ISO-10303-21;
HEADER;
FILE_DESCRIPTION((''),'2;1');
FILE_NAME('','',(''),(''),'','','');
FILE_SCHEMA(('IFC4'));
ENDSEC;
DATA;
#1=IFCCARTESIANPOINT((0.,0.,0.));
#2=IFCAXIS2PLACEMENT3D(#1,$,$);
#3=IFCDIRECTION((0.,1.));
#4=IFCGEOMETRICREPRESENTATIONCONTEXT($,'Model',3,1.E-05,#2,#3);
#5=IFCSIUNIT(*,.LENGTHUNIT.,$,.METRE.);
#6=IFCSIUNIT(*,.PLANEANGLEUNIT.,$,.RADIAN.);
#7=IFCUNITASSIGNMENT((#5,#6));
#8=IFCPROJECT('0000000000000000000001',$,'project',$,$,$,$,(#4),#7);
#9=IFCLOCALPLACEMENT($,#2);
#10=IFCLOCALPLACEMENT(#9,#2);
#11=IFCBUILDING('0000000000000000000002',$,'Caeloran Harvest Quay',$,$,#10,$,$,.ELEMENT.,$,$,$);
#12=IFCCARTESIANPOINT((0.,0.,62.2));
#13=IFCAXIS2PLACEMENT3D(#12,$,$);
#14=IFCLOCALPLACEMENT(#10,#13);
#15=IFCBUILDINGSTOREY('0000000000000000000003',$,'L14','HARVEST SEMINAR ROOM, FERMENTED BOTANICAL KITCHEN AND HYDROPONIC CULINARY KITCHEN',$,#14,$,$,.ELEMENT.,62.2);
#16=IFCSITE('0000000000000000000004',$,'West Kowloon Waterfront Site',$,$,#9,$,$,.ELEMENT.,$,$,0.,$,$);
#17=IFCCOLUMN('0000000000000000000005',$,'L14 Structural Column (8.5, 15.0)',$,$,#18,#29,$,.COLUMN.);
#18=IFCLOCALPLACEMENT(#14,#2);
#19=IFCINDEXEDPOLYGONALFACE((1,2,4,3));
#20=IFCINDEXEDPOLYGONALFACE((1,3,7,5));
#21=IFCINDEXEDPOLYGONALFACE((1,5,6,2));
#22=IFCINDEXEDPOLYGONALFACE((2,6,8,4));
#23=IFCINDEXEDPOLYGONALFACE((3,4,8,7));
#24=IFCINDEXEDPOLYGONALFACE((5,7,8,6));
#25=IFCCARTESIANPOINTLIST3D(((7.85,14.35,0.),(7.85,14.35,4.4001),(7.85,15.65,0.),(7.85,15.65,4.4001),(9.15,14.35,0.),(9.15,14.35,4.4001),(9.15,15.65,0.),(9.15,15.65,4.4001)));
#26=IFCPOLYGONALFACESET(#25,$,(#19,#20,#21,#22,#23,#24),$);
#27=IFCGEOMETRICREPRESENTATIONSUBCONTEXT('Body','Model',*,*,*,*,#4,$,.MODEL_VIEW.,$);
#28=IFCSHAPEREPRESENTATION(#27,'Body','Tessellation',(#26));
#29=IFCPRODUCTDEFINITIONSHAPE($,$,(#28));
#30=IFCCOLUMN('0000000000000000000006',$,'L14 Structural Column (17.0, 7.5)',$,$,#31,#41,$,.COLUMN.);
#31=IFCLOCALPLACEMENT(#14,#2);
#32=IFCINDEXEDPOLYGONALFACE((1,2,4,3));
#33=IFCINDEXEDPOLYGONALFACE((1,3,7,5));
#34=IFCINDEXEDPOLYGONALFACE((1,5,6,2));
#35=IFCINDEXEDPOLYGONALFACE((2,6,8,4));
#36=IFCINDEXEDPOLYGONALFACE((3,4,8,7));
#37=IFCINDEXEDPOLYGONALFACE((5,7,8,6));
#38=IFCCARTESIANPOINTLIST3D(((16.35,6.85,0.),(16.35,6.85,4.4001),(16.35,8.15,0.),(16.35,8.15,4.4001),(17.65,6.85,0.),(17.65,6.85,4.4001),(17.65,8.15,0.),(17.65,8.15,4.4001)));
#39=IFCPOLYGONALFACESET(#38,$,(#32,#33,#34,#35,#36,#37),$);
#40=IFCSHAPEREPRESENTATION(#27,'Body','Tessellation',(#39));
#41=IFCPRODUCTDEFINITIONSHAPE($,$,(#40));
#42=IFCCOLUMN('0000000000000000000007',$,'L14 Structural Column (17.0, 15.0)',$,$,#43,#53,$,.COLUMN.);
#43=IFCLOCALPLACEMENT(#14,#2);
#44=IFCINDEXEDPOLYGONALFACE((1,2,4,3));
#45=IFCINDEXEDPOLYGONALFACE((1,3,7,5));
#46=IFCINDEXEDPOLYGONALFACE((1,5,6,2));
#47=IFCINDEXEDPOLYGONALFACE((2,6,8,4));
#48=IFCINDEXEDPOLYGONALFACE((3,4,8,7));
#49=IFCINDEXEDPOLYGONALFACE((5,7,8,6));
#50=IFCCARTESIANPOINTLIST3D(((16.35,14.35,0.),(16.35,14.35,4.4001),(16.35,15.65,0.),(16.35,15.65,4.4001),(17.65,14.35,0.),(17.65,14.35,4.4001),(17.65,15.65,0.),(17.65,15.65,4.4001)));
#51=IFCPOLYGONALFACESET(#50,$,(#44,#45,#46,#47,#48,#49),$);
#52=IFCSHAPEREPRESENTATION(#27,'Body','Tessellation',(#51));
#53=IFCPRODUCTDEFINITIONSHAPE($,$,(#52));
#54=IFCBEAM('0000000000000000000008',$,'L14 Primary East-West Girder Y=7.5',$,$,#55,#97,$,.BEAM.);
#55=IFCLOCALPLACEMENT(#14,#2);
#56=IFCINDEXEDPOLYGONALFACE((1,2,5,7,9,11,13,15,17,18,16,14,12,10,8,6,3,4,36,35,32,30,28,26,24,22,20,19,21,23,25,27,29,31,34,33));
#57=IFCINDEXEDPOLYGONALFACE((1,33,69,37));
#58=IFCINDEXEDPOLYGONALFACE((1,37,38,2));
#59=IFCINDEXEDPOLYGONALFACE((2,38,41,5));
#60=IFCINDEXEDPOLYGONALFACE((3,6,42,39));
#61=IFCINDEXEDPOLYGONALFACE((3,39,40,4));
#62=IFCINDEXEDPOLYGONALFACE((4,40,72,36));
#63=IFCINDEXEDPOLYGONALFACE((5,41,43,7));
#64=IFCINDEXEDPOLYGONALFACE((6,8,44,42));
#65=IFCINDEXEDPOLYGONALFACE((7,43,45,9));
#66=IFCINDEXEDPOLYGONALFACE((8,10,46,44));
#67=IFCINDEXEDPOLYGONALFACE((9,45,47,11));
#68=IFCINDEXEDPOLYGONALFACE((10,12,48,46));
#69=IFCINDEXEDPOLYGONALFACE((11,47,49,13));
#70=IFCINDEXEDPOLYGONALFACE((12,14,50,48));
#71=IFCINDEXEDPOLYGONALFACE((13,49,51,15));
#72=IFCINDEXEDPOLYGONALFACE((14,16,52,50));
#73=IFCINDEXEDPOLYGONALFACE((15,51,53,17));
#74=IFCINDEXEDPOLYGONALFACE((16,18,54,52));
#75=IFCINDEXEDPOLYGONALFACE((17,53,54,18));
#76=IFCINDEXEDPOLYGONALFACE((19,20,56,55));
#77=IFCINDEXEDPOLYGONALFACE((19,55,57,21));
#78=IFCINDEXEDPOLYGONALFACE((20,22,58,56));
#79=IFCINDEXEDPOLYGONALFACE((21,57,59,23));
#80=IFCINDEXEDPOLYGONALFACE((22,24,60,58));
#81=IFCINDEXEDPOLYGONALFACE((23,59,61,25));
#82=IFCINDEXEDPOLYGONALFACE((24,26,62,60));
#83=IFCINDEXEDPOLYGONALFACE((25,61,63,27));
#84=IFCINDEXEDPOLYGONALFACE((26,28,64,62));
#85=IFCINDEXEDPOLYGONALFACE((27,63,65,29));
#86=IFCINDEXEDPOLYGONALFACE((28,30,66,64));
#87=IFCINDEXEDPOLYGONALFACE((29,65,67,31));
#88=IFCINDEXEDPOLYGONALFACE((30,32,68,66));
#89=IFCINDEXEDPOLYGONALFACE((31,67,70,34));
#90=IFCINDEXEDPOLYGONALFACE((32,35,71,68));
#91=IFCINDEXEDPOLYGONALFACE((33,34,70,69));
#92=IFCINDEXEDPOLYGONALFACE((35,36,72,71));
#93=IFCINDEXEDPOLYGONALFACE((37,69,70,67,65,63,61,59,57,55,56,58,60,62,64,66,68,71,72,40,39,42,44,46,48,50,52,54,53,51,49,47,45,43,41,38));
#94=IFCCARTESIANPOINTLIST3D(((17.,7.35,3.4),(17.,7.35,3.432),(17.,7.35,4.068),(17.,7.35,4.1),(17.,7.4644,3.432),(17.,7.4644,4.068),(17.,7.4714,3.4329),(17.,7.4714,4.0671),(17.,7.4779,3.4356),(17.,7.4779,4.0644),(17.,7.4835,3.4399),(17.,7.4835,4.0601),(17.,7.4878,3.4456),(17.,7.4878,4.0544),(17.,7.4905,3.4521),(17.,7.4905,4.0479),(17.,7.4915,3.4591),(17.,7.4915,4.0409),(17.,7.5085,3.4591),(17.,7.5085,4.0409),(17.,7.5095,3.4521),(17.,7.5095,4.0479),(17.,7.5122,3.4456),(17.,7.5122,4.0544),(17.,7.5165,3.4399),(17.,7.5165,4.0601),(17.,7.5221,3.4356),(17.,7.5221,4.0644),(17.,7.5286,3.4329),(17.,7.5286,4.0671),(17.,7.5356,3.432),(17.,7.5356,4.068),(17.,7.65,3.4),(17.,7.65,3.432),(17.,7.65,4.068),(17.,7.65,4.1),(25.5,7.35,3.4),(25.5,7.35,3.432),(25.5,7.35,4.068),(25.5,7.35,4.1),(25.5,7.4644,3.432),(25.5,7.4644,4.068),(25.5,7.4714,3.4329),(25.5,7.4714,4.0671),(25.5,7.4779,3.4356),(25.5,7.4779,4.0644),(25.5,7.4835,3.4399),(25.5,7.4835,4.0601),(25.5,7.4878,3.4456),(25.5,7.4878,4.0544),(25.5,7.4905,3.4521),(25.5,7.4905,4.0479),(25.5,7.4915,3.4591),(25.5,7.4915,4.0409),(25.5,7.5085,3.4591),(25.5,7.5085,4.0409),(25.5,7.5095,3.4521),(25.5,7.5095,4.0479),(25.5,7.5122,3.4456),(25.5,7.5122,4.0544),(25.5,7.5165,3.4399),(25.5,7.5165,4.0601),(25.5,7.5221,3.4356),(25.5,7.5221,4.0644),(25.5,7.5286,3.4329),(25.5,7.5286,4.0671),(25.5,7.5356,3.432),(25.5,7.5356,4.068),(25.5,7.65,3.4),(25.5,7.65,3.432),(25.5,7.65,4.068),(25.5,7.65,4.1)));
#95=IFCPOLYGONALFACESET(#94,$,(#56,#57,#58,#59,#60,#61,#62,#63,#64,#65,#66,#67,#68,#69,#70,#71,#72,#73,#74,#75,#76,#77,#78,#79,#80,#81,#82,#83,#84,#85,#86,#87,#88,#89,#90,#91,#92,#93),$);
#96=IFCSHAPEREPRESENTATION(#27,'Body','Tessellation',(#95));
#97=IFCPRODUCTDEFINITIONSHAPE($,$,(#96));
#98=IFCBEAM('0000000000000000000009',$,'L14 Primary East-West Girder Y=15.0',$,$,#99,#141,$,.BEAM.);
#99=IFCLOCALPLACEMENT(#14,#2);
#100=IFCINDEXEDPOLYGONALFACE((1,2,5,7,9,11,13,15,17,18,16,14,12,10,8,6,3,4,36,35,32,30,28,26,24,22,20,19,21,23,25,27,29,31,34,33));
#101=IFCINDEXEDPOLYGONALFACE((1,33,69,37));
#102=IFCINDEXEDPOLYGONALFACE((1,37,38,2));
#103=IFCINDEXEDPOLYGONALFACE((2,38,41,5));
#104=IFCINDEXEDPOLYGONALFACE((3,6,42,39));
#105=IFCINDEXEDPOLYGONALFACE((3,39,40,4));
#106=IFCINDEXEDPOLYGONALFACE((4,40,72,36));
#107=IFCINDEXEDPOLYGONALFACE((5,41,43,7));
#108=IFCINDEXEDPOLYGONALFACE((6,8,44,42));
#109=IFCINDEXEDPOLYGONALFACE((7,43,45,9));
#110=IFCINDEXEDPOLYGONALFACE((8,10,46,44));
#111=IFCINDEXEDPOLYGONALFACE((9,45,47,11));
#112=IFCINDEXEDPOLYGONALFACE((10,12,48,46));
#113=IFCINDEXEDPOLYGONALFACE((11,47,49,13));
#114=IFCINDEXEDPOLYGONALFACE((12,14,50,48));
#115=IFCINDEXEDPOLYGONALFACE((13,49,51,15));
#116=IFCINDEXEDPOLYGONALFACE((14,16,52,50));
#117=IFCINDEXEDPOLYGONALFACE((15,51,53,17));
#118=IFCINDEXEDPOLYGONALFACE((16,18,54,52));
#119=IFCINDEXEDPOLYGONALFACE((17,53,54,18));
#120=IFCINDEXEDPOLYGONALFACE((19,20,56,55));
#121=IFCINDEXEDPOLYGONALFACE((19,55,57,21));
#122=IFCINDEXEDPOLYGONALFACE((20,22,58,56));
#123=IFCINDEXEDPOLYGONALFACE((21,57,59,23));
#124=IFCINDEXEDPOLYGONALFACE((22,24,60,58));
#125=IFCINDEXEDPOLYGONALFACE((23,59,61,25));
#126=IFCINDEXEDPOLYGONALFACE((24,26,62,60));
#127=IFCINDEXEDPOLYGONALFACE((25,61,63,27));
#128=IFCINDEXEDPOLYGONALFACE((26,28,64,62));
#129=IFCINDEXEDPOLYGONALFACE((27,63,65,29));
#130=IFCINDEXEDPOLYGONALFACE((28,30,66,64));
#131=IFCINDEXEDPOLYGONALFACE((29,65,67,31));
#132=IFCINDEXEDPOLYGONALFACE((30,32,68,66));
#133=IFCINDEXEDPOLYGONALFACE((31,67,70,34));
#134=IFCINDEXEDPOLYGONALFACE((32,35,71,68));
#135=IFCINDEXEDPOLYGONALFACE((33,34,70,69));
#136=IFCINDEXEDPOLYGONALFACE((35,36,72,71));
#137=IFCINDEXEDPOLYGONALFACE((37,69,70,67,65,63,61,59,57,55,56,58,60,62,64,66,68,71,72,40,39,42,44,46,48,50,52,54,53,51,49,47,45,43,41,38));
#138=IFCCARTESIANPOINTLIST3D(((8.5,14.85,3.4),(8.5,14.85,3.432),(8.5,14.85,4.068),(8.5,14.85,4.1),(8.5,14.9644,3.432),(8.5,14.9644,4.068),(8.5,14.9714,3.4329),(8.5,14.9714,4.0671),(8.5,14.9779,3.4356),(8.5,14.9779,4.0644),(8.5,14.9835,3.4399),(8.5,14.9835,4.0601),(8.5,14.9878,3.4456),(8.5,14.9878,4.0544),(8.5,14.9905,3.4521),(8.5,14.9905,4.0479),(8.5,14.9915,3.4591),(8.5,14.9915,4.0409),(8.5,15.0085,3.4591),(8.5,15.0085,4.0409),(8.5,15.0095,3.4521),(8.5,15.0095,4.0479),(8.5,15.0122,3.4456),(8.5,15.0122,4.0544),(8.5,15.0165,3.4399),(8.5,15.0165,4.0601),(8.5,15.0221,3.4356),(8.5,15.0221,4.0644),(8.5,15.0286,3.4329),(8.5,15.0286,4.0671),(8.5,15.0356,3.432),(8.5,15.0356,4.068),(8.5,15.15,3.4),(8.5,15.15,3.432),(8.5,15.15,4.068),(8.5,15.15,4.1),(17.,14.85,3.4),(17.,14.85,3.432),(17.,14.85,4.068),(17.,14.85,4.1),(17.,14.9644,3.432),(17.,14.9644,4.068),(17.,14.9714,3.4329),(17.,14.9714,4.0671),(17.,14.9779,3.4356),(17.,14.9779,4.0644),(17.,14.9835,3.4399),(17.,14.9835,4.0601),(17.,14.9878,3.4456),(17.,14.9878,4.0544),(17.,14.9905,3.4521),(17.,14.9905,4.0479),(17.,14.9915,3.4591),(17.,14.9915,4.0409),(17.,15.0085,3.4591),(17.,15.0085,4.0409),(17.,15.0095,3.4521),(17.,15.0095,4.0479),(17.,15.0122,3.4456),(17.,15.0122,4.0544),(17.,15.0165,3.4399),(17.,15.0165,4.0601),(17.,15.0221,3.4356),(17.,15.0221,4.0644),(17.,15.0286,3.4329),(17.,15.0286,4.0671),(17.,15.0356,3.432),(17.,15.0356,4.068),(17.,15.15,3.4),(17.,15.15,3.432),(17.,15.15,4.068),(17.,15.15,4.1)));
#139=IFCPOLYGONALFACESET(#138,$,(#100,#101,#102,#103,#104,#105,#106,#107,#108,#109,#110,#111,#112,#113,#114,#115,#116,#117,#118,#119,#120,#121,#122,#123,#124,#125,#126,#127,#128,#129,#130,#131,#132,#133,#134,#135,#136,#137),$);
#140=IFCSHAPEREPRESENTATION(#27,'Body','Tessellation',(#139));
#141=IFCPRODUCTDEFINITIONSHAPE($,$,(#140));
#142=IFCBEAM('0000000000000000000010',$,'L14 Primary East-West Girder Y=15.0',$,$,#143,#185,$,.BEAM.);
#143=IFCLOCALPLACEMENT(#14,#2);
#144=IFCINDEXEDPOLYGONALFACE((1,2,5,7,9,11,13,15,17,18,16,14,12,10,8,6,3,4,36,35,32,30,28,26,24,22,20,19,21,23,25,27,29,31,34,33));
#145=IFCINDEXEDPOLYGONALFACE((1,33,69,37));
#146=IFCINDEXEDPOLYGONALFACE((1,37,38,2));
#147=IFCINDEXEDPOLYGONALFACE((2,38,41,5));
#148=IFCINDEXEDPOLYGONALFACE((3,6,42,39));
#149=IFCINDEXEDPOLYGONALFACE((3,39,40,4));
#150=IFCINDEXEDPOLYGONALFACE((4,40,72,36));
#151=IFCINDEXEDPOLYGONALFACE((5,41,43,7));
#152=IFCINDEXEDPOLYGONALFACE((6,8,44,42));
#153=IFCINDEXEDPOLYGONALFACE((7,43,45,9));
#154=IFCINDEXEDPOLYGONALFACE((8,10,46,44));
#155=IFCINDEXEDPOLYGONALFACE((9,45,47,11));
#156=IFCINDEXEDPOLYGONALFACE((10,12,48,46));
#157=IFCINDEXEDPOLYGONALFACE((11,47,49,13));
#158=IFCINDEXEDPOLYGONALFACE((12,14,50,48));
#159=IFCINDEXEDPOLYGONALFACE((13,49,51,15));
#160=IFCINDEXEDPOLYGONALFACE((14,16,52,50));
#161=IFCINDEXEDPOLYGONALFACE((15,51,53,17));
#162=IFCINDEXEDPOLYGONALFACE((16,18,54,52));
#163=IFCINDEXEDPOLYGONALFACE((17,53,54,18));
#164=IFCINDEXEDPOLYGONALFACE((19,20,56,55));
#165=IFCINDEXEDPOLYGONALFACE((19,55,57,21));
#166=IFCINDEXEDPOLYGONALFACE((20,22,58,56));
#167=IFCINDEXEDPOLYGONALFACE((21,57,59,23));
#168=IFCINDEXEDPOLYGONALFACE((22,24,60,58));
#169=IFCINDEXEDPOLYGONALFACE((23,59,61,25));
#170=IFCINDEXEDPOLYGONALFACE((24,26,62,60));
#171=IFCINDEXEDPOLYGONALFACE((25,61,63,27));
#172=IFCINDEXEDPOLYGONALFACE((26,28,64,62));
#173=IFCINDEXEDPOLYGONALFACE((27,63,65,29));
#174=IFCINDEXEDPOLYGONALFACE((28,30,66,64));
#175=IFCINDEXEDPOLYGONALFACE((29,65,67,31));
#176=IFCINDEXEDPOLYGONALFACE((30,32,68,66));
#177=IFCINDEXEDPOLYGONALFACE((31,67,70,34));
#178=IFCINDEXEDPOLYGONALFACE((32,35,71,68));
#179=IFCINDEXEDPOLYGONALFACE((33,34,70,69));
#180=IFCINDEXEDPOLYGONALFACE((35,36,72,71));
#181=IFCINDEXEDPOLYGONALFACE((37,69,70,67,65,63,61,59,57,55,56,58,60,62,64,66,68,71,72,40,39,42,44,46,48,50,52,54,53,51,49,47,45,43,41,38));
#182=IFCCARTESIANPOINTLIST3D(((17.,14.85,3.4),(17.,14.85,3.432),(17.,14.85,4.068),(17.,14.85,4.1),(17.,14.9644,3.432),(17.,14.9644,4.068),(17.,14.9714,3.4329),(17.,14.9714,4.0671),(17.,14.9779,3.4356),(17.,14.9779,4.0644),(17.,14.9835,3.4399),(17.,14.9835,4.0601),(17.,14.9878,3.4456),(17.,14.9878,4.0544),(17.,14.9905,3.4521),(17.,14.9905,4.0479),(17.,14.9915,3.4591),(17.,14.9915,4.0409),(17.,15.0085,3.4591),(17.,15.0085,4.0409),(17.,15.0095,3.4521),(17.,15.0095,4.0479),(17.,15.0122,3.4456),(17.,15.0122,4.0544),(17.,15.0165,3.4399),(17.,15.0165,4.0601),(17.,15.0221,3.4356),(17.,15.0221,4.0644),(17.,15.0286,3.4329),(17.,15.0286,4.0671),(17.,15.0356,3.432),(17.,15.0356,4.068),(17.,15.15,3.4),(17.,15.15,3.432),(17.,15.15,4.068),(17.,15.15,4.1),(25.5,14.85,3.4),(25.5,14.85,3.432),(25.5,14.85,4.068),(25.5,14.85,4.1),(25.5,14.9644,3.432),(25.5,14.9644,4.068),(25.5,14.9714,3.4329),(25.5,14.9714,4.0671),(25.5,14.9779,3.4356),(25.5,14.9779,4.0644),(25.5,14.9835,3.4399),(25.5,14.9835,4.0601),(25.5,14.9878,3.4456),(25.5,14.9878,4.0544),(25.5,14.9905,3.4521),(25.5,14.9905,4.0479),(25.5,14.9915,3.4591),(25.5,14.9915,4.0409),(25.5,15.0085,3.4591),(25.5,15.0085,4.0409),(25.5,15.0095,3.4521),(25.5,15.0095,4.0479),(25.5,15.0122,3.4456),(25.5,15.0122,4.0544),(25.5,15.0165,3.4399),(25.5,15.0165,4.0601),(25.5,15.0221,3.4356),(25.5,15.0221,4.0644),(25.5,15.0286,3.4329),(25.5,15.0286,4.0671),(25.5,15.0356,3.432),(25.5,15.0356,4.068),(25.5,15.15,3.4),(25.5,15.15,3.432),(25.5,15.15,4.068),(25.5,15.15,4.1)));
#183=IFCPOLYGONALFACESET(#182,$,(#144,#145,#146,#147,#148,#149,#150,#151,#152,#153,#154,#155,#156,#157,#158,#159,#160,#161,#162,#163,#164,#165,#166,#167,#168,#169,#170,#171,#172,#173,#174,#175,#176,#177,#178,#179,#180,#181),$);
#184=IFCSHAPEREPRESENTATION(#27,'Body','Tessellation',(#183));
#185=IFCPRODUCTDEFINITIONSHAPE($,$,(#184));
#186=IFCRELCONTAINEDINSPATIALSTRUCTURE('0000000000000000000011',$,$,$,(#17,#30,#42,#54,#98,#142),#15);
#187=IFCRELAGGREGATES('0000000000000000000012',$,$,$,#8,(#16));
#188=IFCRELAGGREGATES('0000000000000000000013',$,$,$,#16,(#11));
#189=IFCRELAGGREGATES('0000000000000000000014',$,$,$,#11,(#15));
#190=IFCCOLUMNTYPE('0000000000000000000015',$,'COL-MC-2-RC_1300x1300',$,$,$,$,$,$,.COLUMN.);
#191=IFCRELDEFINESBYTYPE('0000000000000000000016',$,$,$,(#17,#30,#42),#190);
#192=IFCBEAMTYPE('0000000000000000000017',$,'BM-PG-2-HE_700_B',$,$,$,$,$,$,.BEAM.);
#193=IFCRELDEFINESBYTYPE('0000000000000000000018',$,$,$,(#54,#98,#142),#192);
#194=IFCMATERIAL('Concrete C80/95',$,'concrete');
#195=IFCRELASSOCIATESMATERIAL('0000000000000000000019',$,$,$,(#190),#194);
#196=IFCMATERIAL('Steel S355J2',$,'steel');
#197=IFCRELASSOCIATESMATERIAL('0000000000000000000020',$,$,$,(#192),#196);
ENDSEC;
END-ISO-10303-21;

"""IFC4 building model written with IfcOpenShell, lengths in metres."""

from ifc_helpers import new_model, si_unit, direction, frame, origin, origin_2d, place, context, subcontext, project, spatial, rectangle, i_section, extrude, material, material_profile, profile_set, type_object, element, save


model = new_model("IFC4")

# Units and contexts
model_context = context("Model", 3, precision=1e-05, world=origin(), true_north=direction((0.0, 1.0)))
body_context = subcontext(model_context, "Body", "Model", "MODEL_VIEW")
ifc_project = project(units=[si_unit("LENGTHUNIT", "METRE"), si_unit("PLANEANGLEUNIT", "RADIAN")], contexts=[model_context])

# Site, building, storey
site_placement = place(None, origin())
site = spatial("IfcSite", under=ifc_project, at=site_placement, Name="West Kowloon Waterfront Site", CompositionType="ELEMENT", RefElevation=0.0)
building_placement = place(site_placement, origin())
building = spatial("IfcBuilding", under=site, at=building_placement, Name="Caeloran Harvest Quay", CompositionType="ELEMENT")
storey_placement = place(building_placement, frame((0.0, 0.0, 62.2)))
storey = spatial("IfcBuildingStorey", under=building, at=storey_placement, Name="L14", Description="HARVEST SEMINAR ROOM, FERMENTED BOTANICAL KITCHEN AND HYDROPONIC CULINARY KITCHEN", CompositionType="ELEMENT", Elevation=62.2)

# Columns
ifc_material_1 = material(Name="Concrete C80/95", Category="concrete")
ifc_material_profile_1 = material_profile(ifc_material_1, rectangle(XDim=1.3, YDim=1.3, at=origin_2d()), Name="RC 1300x1300")
ifc_profile_set_1 = profile_set([ifc_material_profile_1], Name="Concrete C80/95")
column_type = type_object("IfcColumnType", Name="COL-MC-2-RC_1300x1300", PredefinedType="COLUMN", material=ifc_profile_set_1)
for number, where, z_axis, x_axis, name in (
    (1, (8.5, 15.0, 0.0), (0.0, 0.0, 1.0), (1.0, 0.0, 0.0), "L14 Structural Column (8.5, 15.0)"),
    (2, (17.0, 7.5, 0.0), (0.0, 0.0, 1.0), (1.0, 0.0, 0.0), "L14 Structural Column (17.0, 7.5)"),
    (3, (17.0, 15.0, 0.0), (0.0, 0.0, 1.0), (1.0, 0.0, 0.0), "L14 Structural Column (17.0, 15.0)"),
):
    element("IfcColumn", number, at=place(storey_placement, frame(where, z_axis=z_axis, x_axis=x_axis)), inside=storey, type_object=column_type, Name=name, PredefinedType="COLUMN", context=body_context, shape_type="SweptSolid", body=[
        extrude(rectangle(XDim=1.3, YDim=1.3, at=origin_2d()), origin(), (0.0, 0.0, 1.0), 4.4001),
    ])

# Beams
ifc_material_2 = material(Name="Steel S355J2", Category="steel")
ifc_material_profile_2 = material_profile(ifc_material_2, i_section(OverallWidth=0.3, OverallDepth=0.7, WebThickness=0.0171, FlangeThickness=0.032, FilletRadius=0.0271, at=origin_2d()), Name="HE 700 B")
ifc_profile_set_2 = profile_set([ifc_material_profile_2], Name="Steel S355J2")
beam_type_1 = type_object("IfcBeamType", Name="BM-PG-2-HE_700_B", PredefinedType="BEAM", material=ifc_profile_set_2)
for number, where, z_axis, x_axis, name in (
    (4, (17.0, 7.5, 3.75), (1.0, 0.0, 0.0), (0.0, 1.0, 0.0), "L14 Primary East-West Girder Y=7.5"),
    (5, (8.5, 15.0, 3.75), (1.0, 0.0, 0.0), (0.0, 1.0, 0.0), "L14 Primary East-West Girder Y=15.0"),
    (6, (17.0, 15.0, 3.75), (1.0, 0.0, 0.0), (0.0, 1.0, 0.0), "L14 Primary East-West Girder Y=15.0"),
):
    element("IfcBeam", number, at=place(storey_placement, frame(where, z_axis=z_axis, x_axis=x_axis)), inside=storey, type_object=beam_type_1, Name=name, PredefinedType="BEAM", context=body_context, shape_type="SweptSolid", body=[
        extrude(i_section(OverallWidth=0.3, OverallDepth=0.7, WebThickness=0.0171, FlangeThickness=0.032, FilletRadius=0.0271, at=origin_2d()), origin(), (0.0, 0.0, 1.0), 8.5),
    ])

save(model, "model.ifc")
